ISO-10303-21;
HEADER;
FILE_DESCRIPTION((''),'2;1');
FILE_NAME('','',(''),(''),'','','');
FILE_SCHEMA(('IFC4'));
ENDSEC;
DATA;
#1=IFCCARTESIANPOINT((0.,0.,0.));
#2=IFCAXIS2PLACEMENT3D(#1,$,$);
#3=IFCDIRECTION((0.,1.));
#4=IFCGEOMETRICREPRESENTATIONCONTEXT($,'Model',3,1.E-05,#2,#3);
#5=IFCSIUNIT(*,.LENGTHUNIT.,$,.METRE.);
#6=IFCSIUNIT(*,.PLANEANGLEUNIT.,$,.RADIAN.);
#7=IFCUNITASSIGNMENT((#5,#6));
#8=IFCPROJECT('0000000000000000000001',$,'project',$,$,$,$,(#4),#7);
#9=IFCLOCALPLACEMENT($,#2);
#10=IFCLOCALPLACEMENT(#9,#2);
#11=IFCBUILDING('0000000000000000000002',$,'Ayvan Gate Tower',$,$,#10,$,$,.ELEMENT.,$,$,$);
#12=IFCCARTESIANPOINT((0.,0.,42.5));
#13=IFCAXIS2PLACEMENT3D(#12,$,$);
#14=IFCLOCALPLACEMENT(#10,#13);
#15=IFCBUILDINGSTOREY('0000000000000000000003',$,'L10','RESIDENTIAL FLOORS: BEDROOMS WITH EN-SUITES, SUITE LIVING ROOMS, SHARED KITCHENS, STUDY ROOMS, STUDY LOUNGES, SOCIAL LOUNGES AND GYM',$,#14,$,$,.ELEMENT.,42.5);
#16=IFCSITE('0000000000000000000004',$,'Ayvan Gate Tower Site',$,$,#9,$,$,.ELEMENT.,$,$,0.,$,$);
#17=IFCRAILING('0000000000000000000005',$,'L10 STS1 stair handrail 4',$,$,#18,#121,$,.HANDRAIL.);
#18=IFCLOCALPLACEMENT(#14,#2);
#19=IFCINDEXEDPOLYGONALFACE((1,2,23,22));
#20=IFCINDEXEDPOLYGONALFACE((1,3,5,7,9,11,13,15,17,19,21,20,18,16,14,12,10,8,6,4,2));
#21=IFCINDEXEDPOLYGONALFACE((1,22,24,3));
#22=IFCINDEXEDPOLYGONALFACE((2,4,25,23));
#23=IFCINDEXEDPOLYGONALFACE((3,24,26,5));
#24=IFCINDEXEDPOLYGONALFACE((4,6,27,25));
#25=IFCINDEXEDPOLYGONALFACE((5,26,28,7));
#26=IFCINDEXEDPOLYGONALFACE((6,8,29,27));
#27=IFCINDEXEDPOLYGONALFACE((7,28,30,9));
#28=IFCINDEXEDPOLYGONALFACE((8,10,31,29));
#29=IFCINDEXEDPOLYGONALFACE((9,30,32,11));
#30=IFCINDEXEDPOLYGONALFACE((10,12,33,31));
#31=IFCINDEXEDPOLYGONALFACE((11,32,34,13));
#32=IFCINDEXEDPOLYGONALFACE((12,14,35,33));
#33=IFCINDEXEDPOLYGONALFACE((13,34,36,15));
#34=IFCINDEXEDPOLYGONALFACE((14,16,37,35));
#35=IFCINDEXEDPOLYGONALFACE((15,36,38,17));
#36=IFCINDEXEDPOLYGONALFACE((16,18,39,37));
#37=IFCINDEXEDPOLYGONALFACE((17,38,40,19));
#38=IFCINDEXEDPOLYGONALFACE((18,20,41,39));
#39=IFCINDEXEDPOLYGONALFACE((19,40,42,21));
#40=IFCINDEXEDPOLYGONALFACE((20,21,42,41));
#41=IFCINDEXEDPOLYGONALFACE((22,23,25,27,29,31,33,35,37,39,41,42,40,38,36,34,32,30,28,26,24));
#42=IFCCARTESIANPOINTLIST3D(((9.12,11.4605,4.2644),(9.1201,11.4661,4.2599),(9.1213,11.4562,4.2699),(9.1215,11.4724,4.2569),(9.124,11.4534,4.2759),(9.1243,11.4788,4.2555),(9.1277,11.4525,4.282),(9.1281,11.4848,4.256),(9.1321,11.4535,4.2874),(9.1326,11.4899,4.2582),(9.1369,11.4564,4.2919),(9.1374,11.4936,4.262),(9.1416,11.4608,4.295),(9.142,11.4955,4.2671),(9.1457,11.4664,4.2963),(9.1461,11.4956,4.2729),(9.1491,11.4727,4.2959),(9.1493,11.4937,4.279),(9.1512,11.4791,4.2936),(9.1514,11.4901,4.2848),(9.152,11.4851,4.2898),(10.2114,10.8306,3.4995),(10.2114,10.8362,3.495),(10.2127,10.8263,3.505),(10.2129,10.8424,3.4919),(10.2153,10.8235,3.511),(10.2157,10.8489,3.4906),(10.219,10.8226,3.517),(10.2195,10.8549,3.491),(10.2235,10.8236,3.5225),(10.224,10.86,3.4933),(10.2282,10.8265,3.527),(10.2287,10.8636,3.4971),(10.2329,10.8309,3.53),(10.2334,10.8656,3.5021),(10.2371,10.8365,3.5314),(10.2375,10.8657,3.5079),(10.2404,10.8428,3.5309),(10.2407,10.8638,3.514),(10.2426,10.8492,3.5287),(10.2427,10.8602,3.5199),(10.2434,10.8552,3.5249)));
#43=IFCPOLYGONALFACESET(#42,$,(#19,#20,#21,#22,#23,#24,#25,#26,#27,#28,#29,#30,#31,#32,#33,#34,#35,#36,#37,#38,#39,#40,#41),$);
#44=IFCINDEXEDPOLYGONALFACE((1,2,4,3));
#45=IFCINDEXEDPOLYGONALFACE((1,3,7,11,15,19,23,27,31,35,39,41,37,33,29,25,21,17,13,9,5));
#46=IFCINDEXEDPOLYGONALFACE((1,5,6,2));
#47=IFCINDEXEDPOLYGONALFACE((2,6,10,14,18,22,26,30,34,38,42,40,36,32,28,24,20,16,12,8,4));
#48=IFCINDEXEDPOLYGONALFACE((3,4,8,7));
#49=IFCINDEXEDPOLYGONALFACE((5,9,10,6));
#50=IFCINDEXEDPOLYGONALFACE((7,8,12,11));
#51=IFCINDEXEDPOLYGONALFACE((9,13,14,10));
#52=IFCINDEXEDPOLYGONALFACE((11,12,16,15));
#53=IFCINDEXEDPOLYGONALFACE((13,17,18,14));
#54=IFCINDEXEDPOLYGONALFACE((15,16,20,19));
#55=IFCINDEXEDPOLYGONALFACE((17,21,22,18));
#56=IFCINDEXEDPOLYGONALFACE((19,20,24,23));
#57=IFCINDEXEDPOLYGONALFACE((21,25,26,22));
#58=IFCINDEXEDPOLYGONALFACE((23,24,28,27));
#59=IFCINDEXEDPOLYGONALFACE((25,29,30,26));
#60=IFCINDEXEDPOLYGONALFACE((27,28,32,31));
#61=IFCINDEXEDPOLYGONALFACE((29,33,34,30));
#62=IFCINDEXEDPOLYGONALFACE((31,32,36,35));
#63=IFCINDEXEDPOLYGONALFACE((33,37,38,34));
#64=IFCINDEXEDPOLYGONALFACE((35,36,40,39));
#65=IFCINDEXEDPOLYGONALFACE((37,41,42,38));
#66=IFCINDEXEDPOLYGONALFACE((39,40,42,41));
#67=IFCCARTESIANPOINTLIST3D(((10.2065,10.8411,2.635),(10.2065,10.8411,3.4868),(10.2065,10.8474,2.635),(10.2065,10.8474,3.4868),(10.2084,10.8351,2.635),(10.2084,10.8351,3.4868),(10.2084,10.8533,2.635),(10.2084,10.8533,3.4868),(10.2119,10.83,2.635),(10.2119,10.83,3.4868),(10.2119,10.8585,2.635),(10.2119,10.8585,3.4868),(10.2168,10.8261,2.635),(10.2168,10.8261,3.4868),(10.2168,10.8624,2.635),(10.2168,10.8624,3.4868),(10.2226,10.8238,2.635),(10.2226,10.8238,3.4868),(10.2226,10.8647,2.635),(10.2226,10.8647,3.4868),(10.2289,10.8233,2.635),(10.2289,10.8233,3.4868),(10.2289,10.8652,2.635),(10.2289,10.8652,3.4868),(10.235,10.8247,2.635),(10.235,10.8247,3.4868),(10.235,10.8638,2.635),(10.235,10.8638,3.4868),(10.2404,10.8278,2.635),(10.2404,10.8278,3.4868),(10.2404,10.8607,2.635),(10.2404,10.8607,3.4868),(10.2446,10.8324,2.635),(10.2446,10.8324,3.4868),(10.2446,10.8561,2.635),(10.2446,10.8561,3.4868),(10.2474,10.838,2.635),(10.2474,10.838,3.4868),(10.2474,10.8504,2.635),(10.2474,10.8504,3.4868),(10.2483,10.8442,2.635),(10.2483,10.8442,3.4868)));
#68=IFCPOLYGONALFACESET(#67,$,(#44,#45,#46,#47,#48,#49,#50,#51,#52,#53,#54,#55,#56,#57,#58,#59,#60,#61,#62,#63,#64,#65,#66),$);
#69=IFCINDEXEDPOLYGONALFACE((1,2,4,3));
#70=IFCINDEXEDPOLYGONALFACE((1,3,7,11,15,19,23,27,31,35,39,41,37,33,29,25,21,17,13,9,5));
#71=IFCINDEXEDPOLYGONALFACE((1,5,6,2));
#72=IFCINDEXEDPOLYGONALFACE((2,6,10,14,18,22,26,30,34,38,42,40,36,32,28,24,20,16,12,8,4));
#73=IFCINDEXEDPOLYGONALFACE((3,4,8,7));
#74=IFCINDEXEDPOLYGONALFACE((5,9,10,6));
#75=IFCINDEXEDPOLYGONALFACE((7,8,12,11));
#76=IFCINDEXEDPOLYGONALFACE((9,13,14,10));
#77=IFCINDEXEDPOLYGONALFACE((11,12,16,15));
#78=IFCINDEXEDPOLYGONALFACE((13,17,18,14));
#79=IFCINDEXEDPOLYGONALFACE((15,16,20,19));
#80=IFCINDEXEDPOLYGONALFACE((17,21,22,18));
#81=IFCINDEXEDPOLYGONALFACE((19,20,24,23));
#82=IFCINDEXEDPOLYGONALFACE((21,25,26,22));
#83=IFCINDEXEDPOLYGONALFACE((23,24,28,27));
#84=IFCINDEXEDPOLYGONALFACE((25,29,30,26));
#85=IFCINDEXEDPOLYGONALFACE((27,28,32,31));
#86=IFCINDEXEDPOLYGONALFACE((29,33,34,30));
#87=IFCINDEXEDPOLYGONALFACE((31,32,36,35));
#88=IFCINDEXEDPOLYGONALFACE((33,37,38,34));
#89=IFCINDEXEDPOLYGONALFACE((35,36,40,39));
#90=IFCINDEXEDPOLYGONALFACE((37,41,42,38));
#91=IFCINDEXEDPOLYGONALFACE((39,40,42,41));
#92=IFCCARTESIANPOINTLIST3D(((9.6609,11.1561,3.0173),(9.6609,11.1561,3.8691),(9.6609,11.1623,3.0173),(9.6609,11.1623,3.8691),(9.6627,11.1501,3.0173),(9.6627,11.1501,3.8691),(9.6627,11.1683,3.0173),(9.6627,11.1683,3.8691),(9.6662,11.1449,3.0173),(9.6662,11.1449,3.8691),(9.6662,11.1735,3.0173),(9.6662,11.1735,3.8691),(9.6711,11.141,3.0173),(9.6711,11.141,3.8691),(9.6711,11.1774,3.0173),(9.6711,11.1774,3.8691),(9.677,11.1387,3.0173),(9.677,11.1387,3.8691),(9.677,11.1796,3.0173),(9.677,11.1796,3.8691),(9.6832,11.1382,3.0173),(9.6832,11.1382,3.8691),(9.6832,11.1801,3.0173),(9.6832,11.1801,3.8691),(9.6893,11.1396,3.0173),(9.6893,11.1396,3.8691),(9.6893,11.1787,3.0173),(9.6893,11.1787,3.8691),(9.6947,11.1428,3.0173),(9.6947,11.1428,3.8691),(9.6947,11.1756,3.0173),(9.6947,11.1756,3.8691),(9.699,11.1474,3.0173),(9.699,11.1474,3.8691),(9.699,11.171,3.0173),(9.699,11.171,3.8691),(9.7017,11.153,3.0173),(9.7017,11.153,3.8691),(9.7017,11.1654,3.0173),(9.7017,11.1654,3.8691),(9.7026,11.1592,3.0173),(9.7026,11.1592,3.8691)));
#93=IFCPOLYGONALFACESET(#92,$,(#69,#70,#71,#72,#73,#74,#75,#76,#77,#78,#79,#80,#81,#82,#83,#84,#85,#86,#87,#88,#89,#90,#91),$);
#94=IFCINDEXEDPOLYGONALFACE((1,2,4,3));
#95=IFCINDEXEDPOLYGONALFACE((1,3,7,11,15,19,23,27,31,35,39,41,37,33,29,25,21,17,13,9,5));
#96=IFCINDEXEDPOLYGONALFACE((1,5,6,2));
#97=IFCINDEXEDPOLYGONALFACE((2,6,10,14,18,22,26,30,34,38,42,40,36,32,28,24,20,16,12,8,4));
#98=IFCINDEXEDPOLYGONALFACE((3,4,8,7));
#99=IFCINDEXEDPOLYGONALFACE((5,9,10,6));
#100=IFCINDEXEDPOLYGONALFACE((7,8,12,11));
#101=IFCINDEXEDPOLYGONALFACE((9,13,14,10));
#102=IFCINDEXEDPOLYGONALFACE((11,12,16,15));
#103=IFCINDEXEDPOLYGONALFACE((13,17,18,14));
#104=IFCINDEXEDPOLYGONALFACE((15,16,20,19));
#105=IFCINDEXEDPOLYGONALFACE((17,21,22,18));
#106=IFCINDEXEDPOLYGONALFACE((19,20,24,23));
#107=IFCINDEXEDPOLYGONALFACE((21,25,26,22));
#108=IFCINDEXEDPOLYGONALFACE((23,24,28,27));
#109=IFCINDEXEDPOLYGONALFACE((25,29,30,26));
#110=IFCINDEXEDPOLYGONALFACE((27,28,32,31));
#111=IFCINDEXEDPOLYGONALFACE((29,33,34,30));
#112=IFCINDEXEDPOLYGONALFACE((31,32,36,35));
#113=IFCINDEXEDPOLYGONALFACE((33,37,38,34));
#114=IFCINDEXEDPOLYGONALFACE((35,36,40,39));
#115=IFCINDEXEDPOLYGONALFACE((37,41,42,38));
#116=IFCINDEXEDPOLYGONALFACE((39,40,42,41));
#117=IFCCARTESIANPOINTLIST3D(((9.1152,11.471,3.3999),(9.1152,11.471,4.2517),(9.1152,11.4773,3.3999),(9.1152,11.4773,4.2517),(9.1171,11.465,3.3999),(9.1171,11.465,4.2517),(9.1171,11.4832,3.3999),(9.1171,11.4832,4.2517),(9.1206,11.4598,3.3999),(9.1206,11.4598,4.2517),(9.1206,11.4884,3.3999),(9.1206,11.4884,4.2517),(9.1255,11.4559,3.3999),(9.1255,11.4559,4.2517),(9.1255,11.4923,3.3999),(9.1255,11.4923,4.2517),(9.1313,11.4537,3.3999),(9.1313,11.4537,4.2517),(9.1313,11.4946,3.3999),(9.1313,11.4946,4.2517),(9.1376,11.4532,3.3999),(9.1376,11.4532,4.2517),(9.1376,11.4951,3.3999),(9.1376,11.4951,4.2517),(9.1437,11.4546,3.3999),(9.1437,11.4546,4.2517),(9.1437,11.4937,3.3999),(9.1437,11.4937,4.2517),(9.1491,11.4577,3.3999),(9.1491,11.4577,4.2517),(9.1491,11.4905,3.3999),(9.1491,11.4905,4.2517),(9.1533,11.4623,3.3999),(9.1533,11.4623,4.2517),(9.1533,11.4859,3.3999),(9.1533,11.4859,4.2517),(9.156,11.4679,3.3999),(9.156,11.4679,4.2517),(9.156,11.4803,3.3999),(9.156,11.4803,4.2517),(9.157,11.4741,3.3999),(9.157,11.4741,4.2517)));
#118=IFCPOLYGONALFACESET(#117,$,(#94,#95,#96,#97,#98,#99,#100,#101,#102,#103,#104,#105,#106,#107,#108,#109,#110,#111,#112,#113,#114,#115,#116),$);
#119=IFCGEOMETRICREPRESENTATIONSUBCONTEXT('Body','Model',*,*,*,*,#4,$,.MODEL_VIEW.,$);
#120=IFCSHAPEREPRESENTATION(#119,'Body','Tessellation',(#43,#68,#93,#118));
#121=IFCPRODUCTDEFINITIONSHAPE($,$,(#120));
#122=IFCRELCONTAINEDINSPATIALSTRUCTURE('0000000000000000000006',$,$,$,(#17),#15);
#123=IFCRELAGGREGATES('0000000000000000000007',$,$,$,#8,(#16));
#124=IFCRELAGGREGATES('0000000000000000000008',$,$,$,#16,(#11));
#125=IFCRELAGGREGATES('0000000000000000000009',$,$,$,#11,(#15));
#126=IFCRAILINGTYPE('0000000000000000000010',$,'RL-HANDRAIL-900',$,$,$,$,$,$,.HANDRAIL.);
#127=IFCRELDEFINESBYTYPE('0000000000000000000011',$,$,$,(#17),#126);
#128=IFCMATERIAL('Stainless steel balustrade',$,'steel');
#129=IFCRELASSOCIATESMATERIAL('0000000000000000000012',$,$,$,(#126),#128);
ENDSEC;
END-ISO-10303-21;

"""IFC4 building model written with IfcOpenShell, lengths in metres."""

from ifc_helpers import new_model, si_unit, direction, frame, origin, origin_2d, place, context, subcontext, project, spatial, circle, extrude, material, type_object, element, save


model = new_model("IFC4")

# Units and contexts
model_context = context("Model", 3, precision=1e-05, world=origin(), true_north=direction((0.0, 1.0)))
body_context = subcontext(model_context, "Body", "Model", "MODEL_VIEW")
ifc_project = project(units=[si_unit("LENGTHUNIT", "METRE"), si_unit("PLANEANGLEUNIT", "RADIAN")], contexts=[model_context])

# Site, building, storey
site_placement = place(None, origin())
site = spatial("IfcSite", under=ifc_project, at=site_placement, Name="Ayvan Gate Tower Site", CompositionType="ELEMENT", RefElevation=0.0)
building_placement = place(site_placement, origin())
building = spatial("IfcBuilding", under=site, at=building_placement, Name="Ayvan Gate Tower", CompositionType="ELEMENT")
storey_placement = place(building_placement, frame((0.0, 0.0, 42.5)))
storey = spatial("IfcBuildingStorey", under=building, at=storey_placement, Name="L10", Description="RESIDENTIAL FLOORS: BEDROOMS WITH EN-SUITES, SUITE LIVING ROOMS, SHARED KITCHENS, STUDY ROOMS, STUDY LOUNGES, SOCIAL LOUNGES AND GYM", CompositionType="ELEMENT", Elevation=42.5)

# Railing
ifc_material_1 = material(Name="Stainless steel balustrade", Category="steel")
railing_type_1 = type_object("IfcRailingType", Name="RL-HANDRAIL-900", PredefinedType="HANDRAIL", material=ifc_material_1)
railing_1_placement = place(storey_placement, frame((10.2273, 10.8442, 2.635)))
element("IfcRailing", 1, at=railing_1_placement, inside=storey, type_object=railing_type_1, Name="L10 STS1 stair handrail 4", PredefinedType="HANDRAIL", context=body_context, shape_type="SweptSolid", body=[
    extrude(circle(Radius=0.0239, at=origin_2d()), frame((0.0, 0.0, 0.876), z_axis=(-0.740357, 0.42732, 0.518912), x_axis=(-0.49989, -0.866089, 0.0)), (0.0, 0.0, 1.0), 1.4741),
    extrude(circle(Radius=0.021, at=origin_2d()), origin(), (0.0, 0.0, 1.0), 0.8518),
    extrude(circle(Radius=0.021, at=origin_2d()), frame((-0.5457, 0.3149, 0.3823)), (0.0, 0.0, 1.0), 0.8518),
    extrude(circle(Radius=0.021, at=origin_2d()), frame((-1.0913, 0.6299, 0.7649)), (0.0, 0.0, 1.0), 0.8518),
])

save(model, "model.ifc")
